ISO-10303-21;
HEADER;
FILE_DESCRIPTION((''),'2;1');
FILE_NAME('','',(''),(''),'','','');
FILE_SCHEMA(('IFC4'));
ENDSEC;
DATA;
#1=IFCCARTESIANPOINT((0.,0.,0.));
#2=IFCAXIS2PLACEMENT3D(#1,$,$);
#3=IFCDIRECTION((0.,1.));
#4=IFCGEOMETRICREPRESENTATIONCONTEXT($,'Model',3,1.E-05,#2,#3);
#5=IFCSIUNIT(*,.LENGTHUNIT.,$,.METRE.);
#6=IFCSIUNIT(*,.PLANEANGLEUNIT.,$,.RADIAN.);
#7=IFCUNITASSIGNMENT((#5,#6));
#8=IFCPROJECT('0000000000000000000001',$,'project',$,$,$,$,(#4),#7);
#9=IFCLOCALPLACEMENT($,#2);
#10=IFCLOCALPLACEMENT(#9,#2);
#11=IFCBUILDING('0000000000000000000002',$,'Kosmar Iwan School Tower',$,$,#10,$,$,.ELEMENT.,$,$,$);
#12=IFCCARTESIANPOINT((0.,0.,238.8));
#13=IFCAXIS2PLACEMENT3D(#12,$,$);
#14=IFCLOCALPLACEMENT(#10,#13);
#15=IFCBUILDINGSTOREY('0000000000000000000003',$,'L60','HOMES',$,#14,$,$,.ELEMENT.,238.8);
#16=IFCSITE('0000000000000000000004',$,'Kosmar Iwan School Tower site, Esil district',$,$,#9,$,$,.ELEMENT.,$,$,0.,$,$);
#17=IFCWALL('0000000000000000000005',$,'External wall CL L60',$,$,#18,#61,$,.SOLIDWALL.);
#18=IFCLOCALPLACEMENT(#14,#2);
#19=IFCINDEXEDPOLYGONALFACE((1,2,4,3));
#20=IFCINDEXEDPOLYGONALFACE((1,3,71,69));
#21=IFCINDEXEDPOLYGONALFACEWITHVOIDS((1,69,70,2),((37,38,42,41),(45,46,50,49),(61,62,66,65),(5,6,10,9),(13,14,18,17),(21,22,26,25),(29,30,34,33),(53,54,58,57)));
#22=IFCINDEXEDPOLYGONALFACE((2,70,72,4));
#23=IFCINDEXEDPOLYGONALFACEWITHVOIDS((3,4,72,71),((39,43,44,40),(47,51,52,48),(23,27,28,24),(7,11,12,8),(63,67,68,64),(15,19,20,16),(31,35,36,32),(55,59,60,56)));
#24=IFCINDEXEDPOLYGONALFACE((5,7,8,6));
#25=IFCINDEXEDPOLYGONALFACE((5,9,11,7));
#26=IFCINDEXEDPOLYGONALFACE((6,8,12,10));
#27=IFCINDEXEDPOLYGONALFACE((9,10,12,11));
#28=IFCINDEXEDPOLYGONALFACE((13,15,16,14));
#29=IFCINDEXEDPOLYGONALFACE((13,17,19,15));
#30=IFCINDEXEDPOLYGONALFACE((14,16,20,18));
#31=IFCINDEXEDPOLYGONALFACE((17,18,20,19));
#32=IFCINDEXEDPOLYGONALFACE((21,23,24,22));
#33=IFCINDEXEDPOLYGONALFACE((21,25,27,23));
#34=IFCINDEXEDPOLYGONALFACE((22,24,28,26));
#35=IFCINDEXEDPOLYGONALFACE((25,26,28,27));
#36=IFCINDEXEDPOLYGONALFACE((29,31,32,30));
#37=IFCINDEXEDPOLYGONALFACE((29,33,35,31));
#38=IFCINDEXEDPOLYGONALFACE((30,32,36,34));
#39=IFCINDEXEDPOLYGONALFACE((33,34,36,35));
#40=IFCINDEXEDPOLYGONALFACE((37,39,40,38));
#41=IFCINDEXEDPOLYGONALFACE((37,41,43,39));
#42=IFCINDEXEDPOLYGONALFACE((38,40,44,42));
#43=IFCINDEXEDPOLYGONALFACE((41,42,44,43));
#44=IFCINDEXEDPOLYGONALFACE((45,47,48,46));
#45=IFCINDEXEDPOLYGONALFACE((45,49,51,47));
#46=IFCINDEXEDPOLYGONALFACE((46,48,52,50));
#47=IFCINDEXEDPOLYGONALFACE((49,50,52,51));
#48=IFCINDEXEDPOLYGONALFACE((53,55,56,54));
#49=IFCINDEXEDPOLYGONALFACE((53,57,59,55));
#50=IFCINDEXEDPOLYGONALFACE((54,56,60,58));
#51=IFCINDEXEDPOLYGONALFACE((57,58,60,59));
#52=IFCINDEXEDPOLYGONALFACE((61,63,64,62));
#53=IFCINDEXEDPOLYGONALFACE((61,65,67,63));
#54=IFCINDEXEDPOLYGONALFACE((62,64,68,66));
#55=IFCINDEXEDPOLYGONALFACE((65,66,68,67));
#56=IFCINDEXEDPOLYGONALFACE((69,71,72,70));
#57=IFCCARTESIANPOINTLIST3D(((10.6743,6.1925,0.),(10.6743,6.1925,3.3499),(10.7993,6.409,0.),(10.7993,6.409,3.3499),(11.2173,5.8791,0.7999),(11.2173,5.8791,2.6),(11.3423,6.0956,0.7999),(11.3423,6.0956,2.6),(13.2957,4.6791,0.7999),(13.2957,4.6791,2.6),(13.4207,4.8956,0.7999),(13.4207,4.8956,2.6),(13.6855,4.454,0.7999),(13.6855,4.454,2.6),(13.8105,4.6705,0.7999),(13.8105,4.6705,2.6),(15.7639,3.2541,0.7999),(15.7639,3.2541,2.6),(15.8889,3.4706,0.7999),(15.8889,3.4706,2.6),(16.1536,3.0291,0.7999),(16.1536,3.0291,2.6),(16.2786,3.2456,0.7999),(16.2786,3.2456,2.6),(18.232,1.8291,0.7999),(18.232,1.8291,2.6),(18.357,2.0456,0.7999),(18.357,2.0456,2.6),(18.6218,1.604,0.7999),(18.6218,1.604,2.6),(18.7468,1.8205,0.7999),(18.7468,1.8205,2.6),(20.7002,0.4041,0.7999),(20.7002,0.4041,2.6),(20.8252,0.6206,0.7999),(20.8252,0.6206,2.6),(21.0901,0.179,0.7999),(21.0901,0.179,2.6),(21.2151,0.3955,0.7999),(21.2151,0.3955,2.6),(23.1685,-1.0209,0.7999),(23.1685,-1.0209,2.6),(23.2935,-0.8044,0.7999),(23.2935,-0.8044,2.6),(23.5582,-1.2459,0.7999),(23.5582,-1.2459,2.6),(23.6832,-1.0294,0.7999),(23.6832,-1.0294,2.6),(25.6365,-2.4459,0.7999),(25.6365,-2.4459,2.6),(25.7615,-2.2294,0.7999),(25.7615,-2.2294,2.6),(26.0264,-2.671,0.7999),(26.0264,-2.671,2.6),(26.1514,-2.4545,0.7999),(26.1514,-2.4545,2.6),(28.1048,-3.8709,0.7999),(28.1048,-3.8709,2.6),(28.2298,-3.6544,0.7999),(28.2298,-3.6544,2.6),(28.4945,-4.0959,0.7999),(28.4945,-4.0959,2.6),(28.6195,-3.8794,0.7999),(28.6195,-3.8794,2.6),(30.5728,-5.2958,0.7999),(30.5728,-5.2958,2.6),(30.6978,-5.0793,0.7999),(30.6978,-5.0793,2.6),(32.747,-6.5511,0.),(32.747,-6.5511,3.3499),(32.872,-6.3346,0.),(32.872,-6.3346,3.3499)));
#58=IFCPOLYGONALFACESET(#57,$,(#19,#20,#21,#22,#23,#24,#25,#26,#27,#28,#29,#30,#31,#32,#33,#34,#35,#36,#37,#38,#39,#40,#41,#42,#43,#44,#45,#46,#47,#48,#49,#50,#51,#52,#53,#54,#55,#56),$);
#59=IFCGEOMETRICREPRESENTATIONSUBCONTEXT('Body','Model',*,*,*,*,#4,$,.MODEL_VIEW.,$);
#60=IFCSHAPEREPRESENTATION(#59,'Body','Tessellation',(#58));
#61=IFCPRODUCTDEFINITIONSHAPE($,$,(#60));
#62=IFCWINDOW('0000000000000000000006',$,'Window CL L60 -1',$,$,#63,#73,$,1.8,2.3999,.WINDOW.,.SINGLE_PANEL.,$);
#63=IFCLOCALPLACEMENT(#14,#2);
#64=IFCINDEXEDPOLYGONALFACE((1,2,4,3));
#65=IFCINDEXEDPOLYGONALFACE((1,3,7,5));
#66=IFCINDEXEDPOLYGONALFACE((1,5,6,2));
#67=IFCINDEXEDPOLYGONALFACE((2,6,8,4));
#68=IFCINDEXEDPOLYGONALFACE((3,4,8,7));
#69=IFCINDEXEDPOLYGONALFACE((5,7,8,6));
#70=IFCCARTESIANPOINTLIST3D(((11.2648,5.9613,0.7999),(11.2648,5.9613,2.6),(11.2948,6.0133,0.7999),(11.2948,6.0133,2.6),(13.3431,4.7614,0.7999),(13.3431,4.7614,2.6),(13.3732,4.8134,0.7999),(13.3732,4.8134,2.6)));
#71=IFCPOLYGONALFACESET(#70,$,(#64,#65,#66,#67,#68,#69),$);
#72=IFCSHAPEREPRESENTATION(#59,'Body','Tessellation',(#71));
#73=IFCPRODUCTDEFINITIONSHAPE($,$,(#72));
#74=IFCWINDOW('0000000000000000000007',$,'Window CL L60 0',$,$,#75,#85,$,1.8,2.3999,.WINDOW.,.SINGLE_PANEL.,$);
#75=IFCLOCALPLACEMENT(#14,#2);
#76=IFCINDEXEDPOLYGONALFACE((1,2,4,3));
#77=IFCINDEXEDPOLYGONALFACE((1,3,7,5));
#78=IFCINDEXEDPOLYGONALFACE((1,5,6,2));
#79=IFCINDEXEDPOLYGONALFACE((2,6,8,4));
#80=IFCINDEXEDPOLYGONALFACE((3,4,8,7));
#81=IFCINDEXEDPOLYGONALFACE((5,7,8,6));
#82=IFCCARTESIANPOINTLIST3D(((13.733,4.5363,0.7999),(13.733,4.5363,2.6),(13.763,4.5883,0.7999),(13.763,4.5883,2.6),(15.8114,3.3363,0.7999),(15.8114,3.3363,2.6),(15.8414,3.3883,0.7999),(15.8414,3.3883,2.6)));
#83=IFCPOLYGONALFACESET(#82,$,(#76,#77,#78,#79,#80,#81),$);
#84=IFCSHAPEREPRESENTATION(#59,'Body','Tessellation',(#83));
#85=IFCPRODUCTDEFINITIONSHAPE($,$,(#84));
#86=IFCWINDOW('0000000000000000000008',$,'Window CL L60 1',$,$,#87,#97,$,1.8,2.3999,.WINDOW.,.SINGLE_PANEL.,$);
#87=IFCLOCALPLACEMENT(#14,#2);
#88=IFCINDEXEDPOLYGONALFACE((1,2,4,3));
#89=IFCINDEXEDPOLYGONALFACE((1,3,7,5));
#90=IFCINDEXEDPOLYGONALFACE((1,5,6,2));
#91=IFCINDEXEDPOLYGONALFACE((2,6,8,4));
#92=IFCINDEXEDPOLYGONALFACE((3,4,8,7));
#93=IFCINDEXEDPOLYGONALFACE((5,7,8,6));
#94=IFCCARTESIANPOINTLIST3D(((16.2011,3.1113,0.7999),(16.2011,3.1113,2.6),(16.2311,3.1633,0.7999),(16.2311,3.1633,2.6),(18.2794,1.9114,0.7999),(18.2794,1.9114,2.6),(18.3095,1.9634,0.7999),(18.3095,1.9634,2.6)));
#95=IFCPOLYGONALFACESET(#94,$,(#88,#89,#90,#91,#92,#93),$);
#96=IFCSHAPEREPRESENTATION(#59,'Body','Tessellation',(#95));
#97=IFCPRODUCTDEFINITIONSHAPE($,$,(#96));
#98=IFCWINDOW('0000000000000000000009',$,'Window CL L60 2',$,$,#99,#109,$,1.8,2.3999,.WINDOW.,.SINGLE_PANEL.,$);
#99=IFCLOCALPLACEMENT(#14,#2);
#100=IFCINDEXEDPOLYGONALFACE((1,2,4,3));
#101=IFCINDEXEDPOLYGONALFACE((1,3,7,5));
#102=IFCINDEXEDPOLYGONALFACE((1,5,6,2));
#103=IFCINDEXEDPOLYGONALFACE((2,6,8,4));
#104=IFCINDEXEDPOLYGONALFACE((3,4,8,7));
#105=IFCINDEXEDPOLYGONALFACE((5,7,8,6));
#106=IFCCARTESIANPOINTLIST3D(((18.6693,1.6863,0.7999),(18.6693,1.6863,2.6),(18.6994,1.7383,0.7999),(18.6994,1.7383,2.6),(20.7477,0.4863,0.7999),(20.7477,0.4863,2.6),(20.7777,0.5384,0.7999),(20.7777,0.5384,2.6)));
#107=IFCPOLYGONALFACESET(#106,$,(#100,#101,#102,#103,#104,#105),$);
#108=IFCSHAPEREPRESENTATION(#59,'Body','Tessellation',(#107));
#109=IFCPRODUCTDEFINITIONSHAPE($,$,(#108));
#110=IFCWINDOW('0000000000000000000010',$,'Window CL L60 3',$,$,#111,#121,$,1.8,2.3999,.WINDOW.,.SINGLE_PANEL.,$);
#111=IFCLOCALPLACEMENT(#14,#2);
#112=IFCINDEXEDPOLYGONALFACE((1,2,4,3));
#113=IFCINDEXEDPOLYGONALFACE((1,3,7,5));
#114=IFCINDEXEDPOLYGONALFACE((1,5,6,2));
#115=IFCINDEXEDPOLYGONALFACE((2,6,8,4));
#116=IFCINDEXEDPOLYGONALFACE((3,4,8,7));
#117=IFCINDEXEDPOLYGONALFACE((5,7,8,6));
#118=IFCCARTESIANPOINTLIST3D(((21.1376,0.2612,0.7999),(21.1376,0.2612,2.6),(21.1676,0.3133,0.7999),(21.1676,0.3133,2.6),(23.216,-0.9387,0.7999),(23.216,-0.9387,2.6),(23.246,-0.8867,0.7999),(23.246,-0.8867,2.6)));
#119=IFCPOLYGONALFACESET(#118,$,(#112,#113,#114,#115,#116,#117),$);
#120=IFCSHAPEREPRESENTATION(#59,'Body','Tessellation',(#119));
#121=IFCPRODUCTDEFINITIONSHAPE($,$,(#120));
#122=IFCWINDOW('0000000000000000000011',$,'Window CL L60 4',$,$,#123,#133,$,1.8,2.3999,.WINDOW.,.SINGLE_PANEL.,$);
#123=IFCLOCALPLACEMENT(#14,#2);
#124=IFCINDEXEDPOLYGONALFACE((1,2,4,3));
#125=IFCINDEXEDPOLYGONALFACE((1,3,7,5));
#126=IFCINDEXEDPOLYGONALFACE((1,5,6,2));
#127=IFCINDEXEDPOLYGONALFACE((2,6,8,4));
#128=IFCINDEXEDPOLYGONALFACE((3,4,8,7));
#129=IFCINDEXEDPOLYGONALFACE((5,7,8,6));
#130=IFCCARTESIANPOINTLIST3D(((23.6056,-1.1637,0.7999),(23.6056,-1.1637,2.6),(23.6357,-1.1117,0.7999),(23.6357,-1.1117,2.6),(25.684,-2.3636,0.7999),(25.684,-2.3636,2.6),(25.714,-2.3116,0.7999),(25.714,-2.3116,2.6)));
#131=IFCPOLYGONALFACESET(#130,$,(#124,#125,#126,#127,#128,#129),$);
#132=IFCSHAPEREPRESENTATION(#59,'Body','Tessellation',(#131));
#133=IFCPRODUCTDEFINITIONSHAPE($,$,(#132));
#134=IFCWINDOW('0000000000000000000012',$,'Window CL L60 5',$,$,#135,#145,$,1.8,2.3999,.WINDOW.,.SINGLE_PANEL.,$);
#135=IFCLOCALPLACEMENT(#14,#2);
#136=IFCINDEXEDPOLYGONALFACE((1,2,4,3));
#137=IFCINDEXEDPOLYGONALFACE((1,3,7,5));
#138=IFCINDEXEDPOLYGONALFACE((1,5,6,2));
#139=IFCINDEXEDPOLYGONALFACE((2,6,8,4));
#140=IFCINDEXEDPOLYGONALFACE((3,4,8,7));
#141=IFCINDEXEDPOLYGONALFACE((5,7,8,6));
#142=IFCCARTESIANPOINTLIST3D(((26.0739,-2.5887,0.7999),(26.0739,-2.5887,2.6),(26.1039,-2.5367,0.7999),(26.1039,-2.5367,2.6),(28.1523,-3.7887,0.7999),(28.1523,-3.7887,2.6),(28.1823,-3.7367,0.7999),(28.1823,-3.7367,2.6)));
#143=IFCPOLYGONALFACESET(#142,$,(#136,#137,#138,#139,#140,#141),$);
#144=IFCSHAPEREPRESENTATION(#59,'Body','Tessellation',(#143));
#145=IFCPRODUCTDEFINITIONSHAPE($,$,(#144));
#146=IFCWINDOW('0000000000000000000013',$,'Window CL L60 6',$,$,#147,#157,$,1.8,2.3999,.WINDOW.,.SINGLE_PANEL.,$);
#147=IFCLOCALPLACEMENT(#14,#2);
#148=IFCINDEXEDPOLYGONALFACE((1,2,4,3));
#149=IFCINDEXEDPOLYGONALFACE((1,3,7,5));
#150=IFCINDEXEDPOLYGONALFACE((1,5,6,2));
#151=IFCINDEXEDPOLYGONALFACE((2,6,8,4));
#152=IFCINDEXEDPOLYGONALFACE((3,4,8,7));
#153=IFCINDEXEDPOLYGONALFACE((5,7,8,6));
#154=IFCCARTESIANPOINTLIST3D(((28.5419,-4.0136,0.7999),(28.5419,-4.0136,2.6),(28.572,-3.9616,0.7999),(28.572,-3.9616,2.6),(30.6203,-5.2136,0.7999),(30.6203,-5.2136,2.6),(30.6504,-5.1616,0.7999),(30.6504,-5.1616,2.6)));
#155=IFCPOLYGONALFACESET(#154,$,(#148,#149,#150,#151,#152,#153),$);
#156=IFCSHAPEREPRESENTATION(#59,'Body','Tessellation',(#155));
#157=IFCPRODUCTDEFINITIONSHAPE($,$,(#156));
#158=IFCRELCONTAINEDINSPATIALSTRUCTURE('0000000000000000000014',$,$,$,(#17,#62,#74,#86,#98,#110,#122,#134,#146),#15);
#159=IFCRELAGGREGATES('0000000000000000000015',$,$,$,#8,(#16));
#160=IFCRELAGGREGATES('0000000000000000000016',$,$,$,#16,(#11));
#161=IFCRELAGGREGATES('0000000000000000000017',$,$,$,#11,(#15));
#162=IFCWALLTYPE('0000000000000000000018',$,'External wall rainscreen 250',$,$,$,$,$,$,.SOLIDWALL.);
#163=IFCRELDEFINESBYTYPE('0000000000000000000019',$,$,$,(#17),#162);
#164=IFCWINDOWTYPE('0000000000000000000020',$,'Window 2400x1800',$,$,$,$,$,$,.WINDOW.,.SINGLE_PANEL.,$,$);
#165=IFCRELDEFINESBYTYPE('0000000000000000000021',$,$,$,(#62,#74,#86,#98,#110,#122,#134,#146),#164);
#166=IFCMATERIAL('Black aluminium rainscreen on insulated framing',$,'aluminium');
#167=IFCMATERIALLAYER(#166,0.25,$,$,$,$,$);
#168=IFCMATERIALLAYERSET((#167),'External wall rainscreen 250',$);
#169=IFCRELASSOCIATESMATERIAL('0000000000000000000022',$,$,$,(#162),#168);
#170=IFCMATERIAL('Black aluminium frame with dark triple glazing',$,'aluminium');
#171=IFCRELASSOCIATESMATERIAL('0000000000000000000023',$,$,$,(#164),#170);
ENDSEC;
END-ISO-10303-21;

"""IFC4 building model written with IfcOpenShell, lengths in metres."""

from ifc_helpers import new_model, si_unit, direction, frame, frame_2d, origin, place, context, subcontext, project, spatial, rectangle, extrude, material, layer, layer_set, type_object, element, fill, save


model = new_model("IFC4")

# Units and contexts
model_context = context("Model", 3, precision=1e-05, world=origin(), true_north=direction((0.0, 1.0)))
body_context = subcontext(model_context, "Body", "Model", "MODEL_VIEW")
ifc_project = project(units=[si_unit("LENGTHUNIT", "METRE"), si_unit("PLANEANGLEUNIT", "RADIAN")], contexts=[model_context])

# Site, building, storey
site_placement = place(None, origin())
site = spatial("IfcSite", under=ifc_project, at=site_placement, Name="Kosmar Iwan School Tower site, Esil district", CompositionType="ELEMENT", RefElevation=0.0)
building_placement = place(site_placement, origin())
building = spatial("IfcBuilding", under=site, at=building_placement, Name="Kosmar Iwan School Tower", CompositionType="ELEMENT")
storey_placement = place(building_placement, frame((0.0, 0.0, 238.8)))
storey = spatial("IfcBuildingStorey", under=building, at=storey_placement, Name="L60", Description="HOMES", CompositionType="ELEMENT", Elevation=238.8)

# Wall, openings, windows
ifc_material_1 = material(Name="Black aluminium rainscreen on insulated framing", Category="aluminium")
ifc_layer = layer(ifc_material_1, 0.25)
ifc_layer_set = layer_set([ifc_layer], Name="External wall rainscreen 250")
wall_type = type_object("IfcWallType", Name="External wall rainscreen 250", PredefinedType="SOLIDWALL", material=ifc_layer_set)
wall_1_placement = place(storey_placement, frame((10.7368, 6.3008, 0.0), z_axis=(0.0, 0.0, 1.0), x_axis=(0.866026, -0.499998, 0.0)))
wall_1 = element("IfcWall", 1, at=wall_1_placement, inside=storey, type_object=wall_type, Name="External wall CL L60", PredefinedType="SOLIDWALL", context=body_context, shape_type="SweptSolid", body=[
    extrude(rectangle(XDim=25.4873, YDim=0.25, at=frame_2d((12.7437, 0.0))), origin(), (0.0, 0.0, 1.0), 3.3499),
])
opening_1_placement = place(wall_1_placement, frame((0.627, 0.0, 0.8)))
opening_1 = element("IfcOpeningElement", 2, at=opening_1_placement, cuts=wall_1, PredefinedType="OPENING", context=body_context, shape_type="SweptSolid", body=[
    extrude(rectangle(XDim=2.3999, YDim=1.8, at=frame_2d((1.2, 0.8999))), frame((0.0, 0.137, 0.0), z_axis=(0.0, -1.0, 0.0), x_axis=(1.0, 0.0, 0.0)), (0.0, 0.0, 1.0), 0.2739),
])
opening_2_placement = place(wall_1_placement, frame((3.4771, 0.0, 0.8)))
opening_2 = element("IfcOpeningElement", 3, at=opening_2_placement, cuts=wall_1, PredefinedType="OPENING", context=body_context, shape_type="SweptSolid", body=[
    extrude(rectangle(XDim=2.3999, YDim=1.8, at=frame_2d((1.2, 0.8999))), frame((0.0, 0.137, 0.0), z_axis=(0.0, -1.0, 0.0), x_axis=(1.0, 0.0, 0.0)), (0.0, 0.0, 1.0), 0.2739),
])
opening_3_placement = place(wall_1_placement, frame((6.3269, 0.0, 0.8)))
opening_3 = element("IfcOpeningElement", 4, at=opening_3_placement, cuts=wall_1, PredefinedType="OPENING", context=body_context, shape_type="SweptSolid", body=[
    extrude(rectangle(XDim=2.3999, YDim=1.8, at=frame_2d((1.2, 0.8999))), frame((0.0, 0.137, 0.0), z_axis=(0.0, -1.0, 0.0), x_axis=(1.0, 0.0, 0.0)), (0.0, 0.0, 1.0), 0.2739),
])
opening_4_placement = place(wall_1_placement, frame((9.177, 0.0, 0.8)))
opening_4 = element("IfcOpeningElement", 5, at=opening_4_placement, cuts=wall_1, PredefinedType="OPENING", context=body_context, shape_type="SweptSolid", body=[
    extrude(rectangle(XDim=2.3999, YDim=1.8, at=frame_2d((1.2, 0.8999))), frame((0.0, 0.137, 0.0), z_axis=(0.0, -1.0, 0.0), x_axis=(1.0, 0.0, 0.0)), (0.0, 0.0, 1.0), 0.2739),
])
opening_5_placement = place(wall_1_placement, frame((12.0271, 0.0, 0.8)))
opening_5 = element("IfcOpeningElement", 6, at=opening_5_placement, cuts=wall_1, PredefinedType="OPENING", context=body_context, shape_type="SweptSolid", body=[
    extrude(rectangle(XDim=2.3999, YDim=1.8, at=frame_2d((1.2, 0.8999))), frame((0.0, 0.137, 0.0), z_axis=(0.0, -1.0, 0.0), x_axis=(1.0, 0.0, 0.0)), (0.0, 0.0, 1.0), 0.2739),
])
opening_6_placement = place(wall_1_placement, frame((14.877, 0.0, 0.8)))
opening_6 = element("IfcOpeningElement", 7, at=opening_6_placement, cuts=wall_1, PredefinedType="OPENING", context=body_context, shape_type="SweptSolid", body=[
    extrude(rectangle(XDim=2.3999, YDim=1.8, at=frame_2d((1.2, 0.8999))), frame((0.0, 0.137, 0.0), z_axis=(0.0, -1.0, 0.0), x_axis=(1.0, 0.0, 0.0)), (0.0, 0.0, 1.0), 0.2739),
])
opening_7_placement = place(wall_1_placement, frame((17.7271, 0.0, 0.8)))
opening_7 = element("IfcOpeningElement", 8, at=opening_7_placement, cuts=wall_1, PredefinedType="OPENING", context=body_context, shape_type="SweptSolid", body=[
    extrude(rectangle(XDim=2.3999, YDim=1.8, at=frame_2d((1.2, 0.8999))), frame((0.0, 0.137, 0.0), z_axis=(0.0, -1.0, 0.0), x_axis=(1.0, 0.0, 0.0)), (0.0, 0.0, 1.0), 0.2739),
])
opening_8_placement = place(wall_1_placement, frame((20.5769, 0.0, 0.8)))
opening_8 = element("IfcOpeningElement", 9, at=opening_8_placement, cuts=wall_1, PredefinedType="OPENING", context=body_context, shape_type="SweptSolid", body=[
    extrude(rectangle(XDim=2.3999, YDim=1.8, at=frame_2d((1.2, 0.8999))), frame((0.0, 0.137, 0.0), z_axis=(0.0, -1.0, 0.0), x_axis=(1.0, 0.0, 0.0)), (0.0, 0.0, 1.0), 0.2739),
])
ifc_material_2 = material(Name="Black aluminium frame with dark triple glazing", Category="aluminium")
window_type = type_object("IfcWindowType", Name="Window 2400x1800", PartitioningType="SINGLE_PANEL", PredefinedType="WINDOW", material=ifc_material_2)
window_1_placement = place(opening_1_placement, origin())
window_1 = element("IfcWindow", 10, at=window_1_placement, inside=storey, type_object=window_type, Name="Window CL L60 -1", OverallHeight=1.8, OverallWidth=2.3999, PartitioningType="SINGLE_PANEL", PredefinedType="WINDOW", context=body_context, shape_type="SweptSolid", body=[
    extrude(rectangle(XDim=2.3999, YDim=1.8, at=frame_2d((1.2, 0.8999))), frame((0.0, 0.03, 0.0), z_axis=(0.0, -1.0, 0.0), x_axis=(1.0, 0.0, 0.0)), (0.0, 0.0, 1.0), 0.0601),
])
fill(opening_1, window_1)
window_2_placement = place(opening_2_placement, origin())
window_2 = element("IfcWindow", 11, at=window_2_placement, inside=storey, type_object=window_type, Name="Window CL L60 0", OverallHeight=1.8, OverallWidth=2.3999, PartitioningType="SINGLE_PANEL", PredefinedType="WINDOW", context=body_context, shape_type="SweptSolid", body=[
    extrude(rectangle(XDim=2.3999, YDim=1.8, at=frame_2d((1.2, 0.8999))), frame((0.0, 0.03, 0.0), z_axis=(0.0, -1.0, 0.0), x_axis=(1.0, 0.0, 0.0)), (0.0, 0.0, 1.0), 0.0601),
])
fill(opening_2, window_2)
window_3_placement = place(opening_3_placement, origin())
window_3 = element("IfcWindow", 12, at=window_3_placement, inside=storey, type_object=window_type, Name="Window CL L60 1", OverallHeight=1.8, OverallWidth=2.3999, PartitioningType="SINGLE_PANEL", PredefinedType="WINDOW", context=body_context, shape_type="SweptSolid", body=[
    extrude(rectangle(XDim=2.3999, YDim=1.8, at=frame_2d((1.2, 0.8999))), frame((0.0, 0.03, 0.0), z_axis=(0.0, -1.0, 0.0), x_axis=(1.0, 0.0, 0.0)), (0.0, 0.0, 1.0), 0.0601),
])
fill(opening_3, window_3)
window_4_placement = place(opening_4_placement, origin())
window_4 = element("IfcWindow", 13, at=window_4_placement, inside=storey, type_object=window_type, Name="Window CL L60 2", OverallHeight=1.8, OverallWidth=2.3999, PartitioningType="SINGLE_PANEL", PredefinedType="WINDOW", context=body_context, shape_type="SweptSolid", body=[
    extrude(rectangle(XDim=2.3999, YDim=1.8, at=frame_2d((1.2, 0.8999))), frame((0.0, 0.03, 0.0), z_axis=(0.0, -1.0, 0.0), x_axis=(1.0, 0.0, 0.0)), (0.0, 0.0, 1.0), 0.0601),
])
fill(opening_4, window_4)
window_5_placement = place(opening_5_placement, origin())
window_5 = element("IfcWindow", 14, at=window_5_placement, inside=storey, type_object=window_type, Name="Window CL L60 3", OverallHeight=1.8, OverallWidth=2.3999, PartitioningType="SINGLE_PANEL", PredefinedType="WINDOW", context=body_context, shape_type="SweptSolid", body=[
    extrude(rectangle(XDim=2.3999, YDim=1.8, at=frame_2d((1.2, 0.8999))), frame((0.0, 0.03, 0.0), z_axis=(0.0, -1.0, 0.0), x_axis=(1.0, 0.0, 0.0)), (0.0, 0.0, 1.0), 0.0601),
])
fill(opening_5, window_5)
window_6_placement = place(opening_6_placement, origin())
window_6 = element("IfcWindow", 15, at=window_6_placement, inside=storey, type_object=window_type, Name="Window CL L60 4", OverallHeight=1.8, OverallWidth=2.3999, PartitioningType="SINGLE_PANEL", PredefinedType="WINDOW", context=body_context, shape_type="SweptSolid", body=[
    extrude(rectangle(XDim=2.3999, YDim=1.8, at=frame_2d((1.2, 0.8999))), frame((0.0, 0.03, 0.0), z_axis=(0.0, -1.0, 0.0), x_axis=(1.0, 0.0, 0.0)), (0.0, 0.0, 1.0), 0.0601),
])
fill(opening_6, window_6)
window_7_placement = place(opening_7_placement, origin())
window_7 = element("IfcWindow", 16, at=window_7_placement, inside=storey, type_object=window_type, Name="Window CL L60 5", OverallHeight=1.8, OverallWidth=2.3999, PartitioningType="SINGLE_PANEL", PredefinedType="WINDOW", context=body_context, shape_type="SweptSolid", body=[
    extrude(rectangle(XDim=2.3999, YDim=1.8, at=frame_2d((1.2, 0.8999))), frame((0.0, 0.03, 0.0), z_axis=(0.0, -1.0, 0.0), x_axis=(1.0, 0.0, 0.0)), (0.0, 0.0, 1.0), 0.0601),
])
fill(opening_7, window_7)
window_8_placement = place(opening_8_placement, origin())
window_8 = element("IfcWindow", 17, at=window_8_placement, inside=storey, type_object=window_type, Name="Window CL L60 6", OverallHeight=1.8, OverallWidth=2.3999, PartitioningType="SINGLE_PANEL", PredefinedType="WINDOW", context=body_context, shape_type="SweptSolid", body=[
    extrude(rectangle(XDim=2.3999, YDim=1.8, at=frame_2d((1.2, 0.8999))), frame((0.0, 0.03, 0.0), z_axis=(0.0, -1.0, 0.0), x_axis=(1.0, 0.0, 0.0)), (0.0, 0.0, 1.0), 0.0601),
])
fill(opening_8, window_8)

save(model, "model.ifc")
